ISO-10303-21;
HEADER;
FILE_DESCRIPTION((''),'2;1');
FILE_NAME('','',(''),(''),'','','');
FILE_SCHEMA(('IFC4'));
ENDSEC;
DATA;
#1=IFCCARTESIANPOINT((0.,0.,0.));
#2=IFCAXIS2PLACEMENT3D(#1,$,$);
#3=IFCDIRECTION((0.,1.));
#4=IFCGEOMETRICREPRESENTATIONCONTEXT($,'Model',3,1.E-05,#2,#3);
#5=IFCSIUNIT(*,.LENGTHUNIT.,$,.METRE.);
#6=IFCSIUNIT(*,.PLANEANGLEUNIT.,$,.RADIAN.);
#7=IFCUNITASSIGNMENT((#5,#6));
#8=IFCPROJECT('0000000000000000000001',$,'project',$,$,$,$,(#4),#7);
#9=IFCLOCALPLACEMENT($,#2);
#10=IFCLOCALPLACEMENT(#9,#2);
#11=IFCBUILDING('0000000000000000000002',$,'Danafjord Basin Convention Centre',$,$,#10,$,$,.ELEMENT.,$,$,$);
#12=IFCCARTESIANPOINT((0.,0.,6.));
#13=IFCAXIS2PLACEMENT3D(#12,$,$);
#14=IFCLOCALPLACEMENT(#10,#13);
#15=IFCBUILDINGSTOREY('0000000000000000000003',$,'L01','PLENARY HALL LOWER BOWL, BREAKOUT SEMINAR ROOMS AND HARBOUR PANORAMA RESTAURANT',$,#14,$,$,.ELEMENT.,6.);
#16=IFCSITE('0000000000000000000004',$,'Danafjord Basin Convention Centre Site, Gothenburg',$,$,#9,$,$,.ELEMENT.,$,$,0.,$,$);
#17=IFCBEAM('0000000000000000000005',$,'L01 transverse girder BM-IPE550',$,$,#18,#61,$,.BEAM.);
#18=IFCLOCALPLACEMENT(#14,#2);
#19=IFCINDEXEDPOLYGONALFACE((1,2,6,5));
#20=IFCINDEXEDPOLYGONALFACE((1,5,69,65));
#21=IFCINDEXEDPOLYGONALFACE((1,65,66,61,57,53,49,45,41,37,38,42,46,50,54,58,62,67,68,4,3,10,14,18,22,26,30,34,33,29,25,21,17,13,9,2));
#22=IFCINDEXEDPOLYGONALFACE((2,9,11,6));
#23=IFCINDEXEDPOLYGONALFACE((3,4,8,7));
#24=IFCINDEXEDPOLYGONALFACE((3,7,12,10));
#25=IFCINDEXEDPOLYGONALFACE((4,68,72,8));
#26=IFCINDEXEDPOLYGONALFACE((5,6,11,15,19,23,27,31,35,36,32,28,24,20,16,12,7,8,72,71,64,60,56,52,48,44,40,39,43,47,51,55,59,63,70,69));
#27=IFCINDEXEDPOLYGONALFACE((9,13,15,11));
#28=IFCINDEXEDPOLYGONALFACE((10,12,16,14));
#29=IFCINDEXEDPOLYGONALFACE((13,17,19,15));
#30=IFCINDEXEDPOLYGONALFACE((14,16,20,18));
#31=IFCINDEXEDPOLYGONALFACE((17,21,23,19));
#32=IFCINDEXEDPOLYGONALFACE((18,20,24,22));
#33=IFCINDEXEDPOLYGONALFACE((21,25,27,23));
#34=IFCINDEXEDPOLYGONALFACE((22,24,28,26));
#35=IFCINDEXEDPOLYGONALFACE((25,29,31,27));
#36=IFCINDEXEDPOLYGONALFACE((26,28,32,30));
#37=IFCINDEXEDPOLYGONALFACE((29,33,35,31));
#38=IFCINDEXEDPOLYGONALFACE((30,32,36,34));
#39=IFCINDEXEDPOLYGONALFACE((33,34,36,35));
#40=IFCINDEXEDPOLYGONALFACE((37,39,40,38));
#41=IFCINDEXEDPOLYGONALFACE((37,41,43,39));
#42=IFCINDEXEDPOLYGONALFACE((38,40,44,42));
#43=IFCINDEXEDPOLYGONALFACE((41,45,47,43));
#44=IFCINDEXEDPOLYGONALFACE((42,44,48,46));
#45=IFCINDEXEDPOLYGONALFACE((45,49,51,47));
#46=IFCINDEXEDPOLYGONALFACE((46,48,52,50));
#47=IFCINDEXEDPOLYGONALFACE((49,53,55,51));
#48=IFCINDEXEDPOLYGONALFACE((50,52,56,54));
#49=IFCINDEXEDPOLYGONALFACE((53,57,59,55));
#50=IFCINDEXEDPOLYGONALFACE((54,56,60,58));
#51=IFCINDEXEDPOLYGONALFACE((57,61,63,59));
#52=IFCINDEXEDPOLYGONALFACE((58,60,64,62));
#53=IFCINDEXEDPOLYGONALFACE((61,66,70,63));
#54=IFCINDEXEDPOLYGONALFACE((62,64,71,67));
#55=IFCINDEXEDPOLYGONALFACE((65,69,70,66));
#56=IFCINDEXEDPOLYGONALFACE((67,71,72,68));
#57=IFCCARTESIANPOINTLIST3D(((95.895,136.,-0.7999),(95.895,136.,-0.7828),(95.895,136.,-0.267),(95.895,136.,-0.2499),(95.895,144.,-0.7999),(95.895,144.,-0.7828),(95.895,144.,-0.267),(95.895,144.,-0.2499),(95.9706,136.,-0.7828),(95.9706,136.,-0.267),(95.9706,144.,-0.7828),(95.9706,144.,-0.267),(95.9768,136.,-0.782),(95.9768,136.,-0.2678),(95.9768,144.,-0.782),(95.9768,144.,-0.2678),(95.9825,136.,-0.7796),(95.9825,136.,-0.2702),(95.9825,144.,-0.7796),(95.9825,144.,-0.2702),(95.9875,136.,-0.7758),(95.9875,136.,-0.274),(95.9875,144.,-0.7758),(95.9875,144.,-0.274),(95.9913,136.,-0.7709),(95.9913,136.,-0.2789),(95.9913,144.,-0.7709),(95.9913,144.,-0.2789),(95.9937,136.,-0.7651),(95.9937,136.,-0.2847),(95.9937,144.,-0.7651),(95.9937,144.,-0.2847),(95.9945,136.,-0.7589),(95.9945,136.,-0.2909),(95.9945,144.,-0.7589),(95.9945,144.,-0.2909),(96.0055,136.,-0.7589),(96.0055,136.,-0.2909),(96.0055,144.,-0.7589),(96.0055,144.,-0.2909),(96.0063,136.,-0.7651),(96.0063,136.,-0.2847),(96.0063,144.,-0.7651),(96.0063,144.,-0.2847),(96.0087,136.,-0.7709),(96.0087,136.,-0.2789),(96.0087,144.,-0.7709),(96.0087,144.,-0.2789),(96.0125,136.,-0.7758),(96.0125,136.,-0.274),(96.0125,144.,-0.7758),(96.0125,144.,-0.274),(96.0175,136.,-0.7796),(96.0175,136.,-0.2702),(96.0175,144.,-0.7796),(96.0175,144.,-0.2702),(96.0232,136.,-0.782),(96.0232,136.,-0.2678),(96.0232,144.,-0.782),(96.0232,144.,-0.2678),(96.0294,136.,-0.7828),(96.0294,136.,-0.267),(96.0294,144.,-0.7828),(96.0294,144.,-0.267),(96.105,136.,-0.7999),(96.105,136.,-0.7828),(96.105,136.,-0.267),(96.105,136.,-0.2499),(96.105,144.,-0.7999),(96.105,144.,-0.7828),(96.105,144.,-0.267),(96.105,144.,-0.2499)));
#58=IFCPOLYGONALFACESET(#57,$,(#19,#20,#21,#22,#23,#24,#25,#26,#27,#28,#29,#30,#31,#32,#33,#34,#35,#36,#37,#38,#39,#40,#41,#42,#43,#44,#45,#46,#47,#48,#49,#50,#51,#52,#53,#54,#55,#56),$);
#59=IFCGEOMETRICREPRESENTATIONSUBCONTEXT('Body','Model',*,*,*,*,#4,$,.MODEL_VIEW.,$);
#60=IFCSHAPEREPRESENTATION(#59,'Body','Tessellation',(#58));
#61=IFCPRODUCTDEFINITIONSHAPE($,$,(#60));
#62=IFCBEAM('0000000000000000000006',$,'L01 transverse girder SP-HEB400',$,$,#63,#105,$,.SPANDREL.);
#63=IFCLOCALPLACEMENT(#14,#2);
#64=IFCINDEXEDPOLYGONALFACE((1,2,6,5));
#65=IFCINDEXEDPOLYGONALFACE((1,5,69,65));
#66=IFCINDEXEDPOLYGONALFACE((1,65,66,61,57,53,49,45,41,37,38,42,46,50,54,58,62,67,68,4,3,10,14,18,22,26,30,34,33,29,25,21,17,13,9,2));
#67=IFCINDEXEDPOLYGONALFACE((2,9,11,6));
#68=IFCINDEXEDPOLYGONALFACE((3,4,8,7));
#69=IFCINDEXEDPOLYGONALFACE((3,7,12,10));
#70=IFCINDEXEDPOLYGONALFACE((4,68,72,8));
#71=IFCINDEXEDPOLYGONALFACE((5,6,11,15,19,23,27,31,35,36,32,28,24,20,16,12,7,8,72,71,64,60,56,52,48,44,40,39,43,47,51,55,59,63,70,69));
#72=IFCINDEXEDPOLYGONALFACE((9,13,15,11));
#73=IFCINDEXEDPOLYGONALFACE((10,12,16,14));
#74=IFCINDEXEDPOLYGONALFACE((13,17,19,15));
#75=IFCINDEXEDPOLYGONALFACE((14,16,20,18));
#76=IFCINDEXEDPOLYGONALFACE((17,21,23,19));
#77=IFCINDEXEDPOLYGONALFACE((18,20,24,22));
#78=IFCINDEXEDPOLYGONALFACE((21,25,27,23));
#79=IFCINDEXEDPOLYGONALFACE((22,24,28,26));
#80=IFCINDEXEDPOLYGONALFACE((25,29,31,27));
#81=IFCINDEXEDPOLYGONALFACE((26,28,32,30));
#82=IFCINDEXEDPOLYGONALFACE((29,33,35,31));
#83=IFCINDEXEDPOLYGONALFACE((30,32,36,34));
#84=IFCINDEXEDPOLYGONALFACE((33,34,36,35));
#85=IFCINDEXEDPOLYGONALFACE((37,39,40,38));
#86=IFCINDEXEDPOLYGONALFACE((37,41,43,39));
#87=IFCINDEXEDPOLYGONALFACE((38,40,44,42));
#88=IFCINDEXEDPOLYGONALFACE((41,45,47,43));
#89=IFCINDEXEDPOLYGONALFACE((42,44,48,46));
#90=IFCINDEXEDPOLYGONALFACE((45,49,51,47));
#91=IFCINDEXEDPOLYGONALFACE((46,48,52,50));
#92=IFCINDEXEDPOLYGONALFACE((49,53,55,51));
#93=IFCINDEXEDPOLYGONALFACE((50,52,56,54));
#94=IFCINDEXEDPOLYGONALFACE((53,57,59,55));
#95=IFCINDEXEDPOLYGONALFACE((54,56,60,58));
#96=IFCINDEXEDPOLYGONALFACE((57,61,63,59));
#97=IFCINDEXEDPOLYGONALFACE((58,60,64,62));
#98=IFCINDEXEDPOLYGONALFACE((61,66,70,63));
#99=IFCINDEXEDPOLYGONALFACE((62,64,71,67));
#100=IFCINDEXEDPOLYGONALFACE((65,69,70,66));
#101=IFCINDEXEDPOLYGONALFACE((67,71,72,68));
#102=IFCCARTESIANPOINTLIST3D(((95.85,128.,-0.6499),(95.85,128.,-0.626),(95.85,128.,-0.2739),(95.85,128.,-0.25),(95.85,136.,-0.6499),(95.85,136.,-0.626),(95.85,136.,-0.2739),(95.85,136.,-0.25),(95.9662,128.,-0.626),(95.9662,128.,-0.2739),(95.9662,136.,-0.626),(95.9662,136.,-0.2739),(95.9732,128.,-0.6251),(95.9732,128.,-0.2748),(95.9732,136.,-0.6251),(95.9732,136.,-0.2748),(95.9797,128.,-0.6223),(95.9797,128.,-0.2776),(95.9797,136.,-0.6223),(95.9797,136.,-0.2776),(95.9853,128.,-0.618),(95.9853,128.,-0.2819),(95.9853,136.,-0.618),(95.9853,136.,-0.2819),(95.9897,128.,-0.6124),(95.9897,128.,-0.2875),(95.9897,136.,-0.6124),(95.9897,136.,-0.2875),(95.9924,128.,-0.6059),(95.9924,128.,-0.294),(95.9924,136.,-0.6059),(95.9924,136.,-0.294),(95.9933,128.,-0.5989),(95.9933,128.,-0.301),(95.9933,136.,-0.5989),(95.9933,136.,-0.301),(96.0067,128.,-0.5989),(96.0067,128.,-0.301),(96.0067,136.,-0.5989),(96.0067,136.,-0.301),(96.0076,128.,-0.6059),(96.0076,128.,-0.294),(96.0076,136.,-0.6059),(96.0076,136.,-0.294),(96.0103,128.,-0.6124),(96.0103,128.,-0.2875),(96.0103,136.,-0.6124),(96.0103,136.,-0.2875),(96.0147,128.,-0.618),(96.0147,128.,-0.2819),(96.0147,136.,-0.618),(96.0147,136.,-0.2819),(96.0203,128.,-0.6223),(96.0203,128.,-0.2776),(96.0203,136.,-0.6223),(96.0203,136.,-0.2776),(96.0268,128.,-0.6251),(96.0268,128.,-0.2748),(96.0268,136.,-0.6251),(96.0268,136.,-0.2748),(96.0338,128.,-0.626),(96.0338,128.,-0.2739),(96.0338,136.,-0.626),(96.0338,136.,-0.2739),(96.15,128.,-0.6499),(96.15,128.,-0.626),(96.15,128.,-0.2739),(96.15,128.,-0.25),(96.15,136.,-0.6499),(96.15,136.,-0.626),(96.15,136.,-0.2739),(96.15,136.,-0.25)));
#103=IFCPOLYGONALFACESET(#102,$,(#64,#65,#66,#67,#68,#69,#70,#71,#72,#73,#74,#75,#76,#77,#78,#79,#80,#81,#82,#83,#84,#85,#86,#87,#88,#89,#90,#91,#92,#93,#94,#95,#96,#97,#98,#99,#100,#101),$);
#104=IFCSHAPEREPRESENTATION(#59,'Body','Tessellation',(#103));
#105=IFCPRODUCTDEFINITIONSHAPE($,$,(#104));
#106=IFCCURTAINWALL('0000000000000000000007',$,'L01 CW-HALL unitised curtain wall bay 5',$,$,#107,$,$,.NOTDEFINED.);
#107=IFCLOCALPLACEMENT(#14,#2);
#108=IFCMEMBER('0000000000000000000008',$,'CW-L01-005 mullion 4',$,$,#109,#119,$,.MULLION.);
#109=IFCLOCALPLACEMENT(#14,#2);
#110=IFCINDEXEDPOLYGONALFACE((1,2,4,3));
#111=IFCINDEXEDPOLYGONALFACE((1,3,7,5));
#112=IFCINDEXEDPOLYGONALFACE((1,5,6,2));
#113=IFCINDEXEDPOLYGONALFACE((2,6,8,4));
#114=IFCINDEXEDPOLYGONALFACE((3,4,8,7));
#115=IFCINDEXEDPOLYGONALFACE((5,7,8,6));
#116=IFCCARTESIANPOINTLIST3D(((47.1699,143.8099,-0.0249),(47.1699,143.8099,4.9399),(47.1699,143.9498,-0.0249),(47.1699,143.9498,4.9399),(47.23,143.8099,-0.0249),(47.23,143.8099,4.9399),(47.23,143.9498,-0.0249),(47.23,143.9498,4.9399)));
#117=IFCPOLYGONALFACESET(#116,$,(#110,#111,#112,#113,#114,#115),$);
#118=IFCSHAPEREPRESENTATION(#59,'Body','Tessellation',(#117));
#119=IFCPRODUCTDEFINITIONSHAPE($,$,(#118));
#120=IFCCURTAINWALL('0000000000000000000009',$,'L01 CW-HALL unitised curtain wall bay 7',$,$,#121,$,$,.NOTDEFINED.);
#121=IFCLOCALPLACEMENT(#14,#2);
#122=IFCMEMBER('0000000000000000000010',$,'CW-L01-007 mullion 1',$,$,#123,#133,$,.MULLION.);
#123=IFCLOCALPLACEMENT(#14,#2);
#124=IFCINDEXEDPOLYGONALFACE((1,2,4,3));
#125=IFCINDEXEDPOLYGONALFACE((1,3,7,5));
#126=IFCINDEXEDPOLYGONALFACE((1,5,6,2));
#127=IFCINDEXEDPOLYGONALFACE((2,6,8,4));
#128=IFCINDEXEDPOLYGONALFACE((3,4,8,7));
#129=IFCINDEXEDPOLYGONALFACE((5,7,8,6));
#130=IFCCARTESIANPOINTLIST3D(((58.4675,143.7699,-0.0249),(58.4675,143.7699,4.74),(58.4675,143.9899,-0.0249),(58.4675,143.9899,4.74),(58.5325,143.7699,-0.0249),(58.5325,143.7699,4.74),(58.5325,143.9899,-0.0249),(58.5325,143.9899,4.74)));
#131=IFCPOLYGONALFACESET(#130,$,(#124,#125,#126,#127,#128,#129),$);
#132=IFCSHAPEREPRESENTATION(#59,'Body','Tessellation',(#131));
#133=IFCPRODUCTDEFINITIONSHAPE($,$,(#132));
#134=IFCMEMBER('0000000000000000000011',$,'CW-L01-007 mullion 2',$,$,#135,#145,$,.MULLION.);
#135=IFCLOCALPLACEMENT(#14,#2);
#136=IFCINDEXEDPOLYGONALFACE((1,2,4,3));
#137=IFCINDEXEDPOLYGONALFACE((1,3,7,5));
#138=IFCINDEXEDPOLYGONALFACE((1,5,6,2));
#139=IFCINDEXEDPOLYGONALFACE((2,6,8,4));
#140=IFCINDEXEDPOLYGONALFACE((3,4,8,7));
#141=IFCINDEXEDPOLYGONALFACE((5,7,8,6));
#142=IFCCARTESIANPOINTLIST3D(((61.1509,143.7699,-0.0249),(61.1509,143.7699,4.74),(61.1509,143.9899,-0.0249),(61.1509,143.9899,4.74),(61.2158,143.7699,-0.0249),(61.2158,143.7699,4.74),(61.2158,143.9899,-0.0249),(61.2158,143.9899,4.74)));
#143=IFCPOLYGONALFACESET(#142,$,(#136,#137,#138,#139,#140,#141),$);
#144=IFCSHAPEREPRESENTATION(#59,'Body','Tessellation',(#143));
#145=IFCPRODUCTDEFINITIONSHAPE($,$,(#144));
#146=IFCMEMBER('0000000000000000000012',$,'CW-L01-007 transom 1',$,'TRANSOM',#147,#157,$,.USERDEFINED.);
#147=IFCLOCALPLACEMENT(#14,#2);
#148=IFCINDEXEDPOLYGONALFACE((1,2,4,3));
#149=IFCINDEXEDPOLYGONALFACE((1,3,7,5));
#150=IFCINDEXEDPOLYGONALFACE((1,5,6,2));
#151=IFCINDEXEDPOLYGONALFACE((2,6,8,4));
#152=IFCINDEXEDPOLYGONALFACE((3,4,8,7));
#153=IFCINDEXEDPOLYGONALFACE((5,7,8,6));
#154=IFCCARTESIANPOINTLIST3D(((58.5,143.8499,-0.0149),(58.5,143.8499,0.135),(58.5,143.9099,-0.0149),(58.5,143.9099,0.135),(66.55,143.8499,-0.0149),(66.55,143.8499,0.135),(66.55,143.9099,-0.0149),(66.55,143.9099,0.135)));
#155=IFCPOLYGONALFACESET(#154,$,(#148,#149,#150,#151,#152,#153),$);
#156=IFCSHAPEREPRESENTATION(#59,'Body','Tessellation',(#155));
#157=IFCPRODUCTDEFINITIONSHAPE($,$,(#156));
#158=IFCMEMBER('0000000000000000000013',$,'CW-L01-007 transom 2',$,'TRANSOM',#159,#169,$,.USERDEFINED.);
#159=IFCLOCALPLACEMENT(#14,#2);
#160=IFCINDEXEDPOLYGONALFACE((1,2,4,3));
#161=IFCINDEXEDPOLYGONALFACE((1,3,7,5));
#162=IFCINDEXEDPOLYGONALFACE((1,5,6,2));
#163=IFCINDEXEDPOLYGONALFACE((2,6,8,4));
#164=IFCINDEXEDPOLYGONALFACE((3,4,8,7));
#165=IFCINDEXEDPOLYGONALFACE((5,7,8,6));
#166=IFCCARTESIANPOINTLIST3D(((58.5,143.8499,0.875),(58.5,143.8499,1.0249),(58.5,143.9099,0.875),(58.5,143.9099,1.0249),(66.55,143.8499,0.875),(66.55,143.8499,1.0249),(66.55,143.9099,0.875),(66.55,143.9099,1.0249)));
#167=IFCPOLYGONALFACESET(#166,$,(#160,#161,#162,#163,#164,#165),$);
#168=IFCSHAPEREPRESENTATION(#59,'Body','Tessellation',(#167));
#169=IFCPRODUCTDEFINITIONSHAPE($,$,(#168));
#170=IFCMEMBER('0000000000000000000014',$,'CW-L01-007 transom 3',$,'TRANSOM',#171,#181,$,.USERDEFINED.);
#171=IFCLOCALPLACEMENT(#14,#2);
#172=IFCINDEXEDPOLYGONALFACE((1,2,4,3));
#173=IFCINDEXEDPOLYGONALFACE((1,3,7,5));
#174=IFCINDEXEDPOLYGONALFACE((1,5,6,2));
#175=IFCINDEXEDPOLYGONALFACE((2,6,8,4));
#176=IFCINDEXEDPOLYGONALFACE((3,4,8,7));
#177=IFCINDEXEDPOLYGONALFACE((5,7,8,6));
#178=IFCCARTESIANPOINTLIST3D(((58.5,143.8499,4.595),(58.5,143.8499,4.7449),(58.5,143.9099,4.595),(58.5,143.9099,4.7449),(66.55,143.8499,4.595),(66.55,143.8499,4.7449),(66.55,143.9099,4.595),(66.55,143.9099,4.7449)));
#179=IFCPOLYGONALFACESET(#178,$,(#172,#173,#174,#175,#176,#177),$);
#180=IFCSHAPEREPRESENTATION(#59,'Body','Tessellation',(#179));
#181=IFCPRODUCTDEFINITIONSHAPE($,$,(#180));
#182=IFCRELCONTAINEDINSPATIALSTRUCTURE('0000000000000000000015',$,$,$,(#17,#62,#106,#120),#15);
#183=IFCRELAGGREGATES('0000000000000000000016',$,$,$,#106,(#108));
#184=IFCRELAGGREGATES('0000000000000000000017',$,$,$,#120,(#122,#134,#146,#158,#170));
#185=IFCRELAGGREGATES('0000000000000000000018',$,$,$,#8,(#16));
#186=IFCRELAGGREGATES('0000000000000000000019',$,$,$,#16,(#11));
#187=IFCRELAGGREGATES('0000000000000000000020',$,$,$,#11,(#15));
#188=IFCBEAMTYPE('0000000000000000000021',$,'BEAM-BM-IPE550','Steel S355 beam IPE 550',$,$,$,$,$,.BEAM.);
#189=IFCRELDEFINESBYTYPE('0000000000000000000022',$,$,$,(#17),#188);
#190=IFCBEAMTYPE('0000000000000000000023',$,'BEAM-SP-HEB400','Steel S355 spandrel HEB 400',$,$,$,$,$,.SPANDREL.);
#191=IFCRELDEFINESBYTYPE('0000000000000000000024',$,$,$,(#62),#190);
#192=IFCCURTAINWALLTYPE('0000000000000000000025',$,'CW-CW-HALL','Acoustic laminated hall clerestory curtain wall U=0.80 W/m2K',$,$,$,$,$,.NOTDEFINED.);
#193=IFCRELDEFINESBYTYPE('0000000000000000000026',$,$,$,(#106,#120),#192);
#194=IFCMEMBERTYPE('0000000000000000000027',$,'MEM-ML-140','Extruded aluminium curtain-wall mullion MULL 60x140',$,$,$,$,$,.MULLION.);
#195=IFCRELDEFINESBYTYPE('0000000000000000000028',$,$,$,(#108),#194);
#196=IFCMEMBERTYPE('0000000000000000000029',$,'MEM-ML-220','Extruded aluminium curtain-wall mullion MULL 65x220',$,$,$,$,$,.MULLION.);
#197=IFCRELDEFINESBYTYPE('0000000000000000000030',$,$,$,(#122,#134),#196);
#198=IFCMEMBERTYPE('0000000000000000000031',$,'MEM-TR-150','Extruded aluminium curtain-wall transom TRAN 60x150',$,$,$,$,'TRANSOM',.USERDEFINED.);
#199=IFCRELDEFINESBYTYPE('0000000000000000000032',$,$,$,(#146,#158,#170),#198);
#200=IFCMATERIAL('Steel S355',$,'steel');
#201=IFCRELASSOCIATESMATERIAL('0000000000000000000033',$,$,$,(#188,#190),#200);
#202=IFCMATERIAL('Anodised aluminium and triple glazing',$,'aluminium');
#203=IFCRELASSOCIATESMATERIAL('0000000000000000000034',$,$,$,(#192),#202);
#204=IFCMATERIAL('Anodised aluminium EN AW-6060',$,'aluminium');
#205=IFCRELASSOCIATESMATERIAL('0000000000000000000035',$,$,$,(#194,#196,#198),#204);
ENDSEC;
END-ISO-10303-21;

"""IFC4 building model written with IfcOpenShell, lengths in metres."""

from ifc_helpers import new_model, si_unit, direction, frame, origin, origin_2d, place, context, subcontext, project, spatial, rectangle, i_section, extrude, material, material_profile, profile_set, type_object, element, aggregate, save


model = new_model("IFC4")

# Units and contexts
model_context = context("Model", 3, precision=1e-05, world=origin(), true_north=direction((0.0, 1.0)))
body_context = subcontext(model_context, "Body", "Model", "MODEL_VIEW")
ifc_project = project(units=[si_unit("LENGTHUNIT", "METRE"), si_unit("PLANEANGLEUNIT", "RADIAN")], contexts=[model_context])

# Site, building, storey
site_placement = place(None, origin())
site = spatial("IfcSite", under=ifc_project, at=site_placement, Name="Danafjord Basin Convention Centre Site, Gothenburg", CompositionType="ELEMENT", RefElevation=0.0)
building_placement = place(site_placement, origin())
building = spatial("IfcBuilding", under=site, at=building_placement, Name="Danafjord Basin Convention Centre", CompositionType="ELEMENT")
storey_placement = place(building_placement, frame((0.0, 0.0, 6.0)))
storey = spatial("IfcBuildingStorey", under=building, at=storey_placement, Name="L01", Description="PLENARY HALL LOWER BOWL, BREAKOUT SEMINAR ROOMS AND HARBOUR PANORAMA RESTAURANT", CompositionType="ELEMENT", Elevation=6.0)

# Shared definitions
ifc_material_1 = material(Name="Steel S355", Category="steel")

# Beams
ifc_material_profile_1 = material_profile(ifc_material_1, i_section(OverallWidth=0.21, OverallDepth=0.55, WebThickness=0.011, FlangeThickness=0.0171, FilletRadius=0.0239, at=origin_2d()), Name="IPE 550")
ifc_profile_set_1 = profile_set([ifc_material_profile_1], Name="Steel S355")
beam_type_1 = type_object("IfcBeamType", Name="BEAM-BM-IPE550", Description="Steel S355 beam IPE 550", PredefinedType="BEAM", material=ifc_profile_set_1)
beam_1_placement = place(storey_placement, frame((96.0, 136.0, -0.5249), z_axis=(0.0, 1.0, 0.0), x_axis=(-1.0, 0.0, 0.0)))
element("IfcBeam", 1, at=beam_1_placement, inside=storey, type_object=beam_type_1, Name="L01 transverse girder BM-IPE550", PredefinedType="BEAM", context=body_context, shape_type="SweptSolid", body=[
    extrude(i_section(OverallWidth=0.21, OverallDepth=0.55, WebThickness=0.011, FlangeThickness=0.0171, FilletRadius=0.0239, at=origin_2d()), origin(), (0.0, 0.0, 1.0), 8.0),
])
ifc_material_profile_2 = material_profile(ifc_material_1, i_section(OverallWidth=0.3, OverallDepth=0.3999, WebThickness=0.0134, FlangeThickness=0.0239, FilletRadius=0.0271, at=origin_2d()), Name="HEB 400")
ifc_profile_set_2 = profile_set([ifc_material_profile_2], Name="Steel S355")
beam_type_2 = type_object("IfcBeamType", Name="BEAM-SP-HEB400", Description="Steel S355 spandrel HEB 400", PredefinedType="SPANDREL", material=ifc_profile_set_2)
beam_2_placement = place(storey_placement, frame((96.0, 128.0, -0.45), z_axis=(0.0, 1.0, 0.0), x_axis=(-1.0, 0.0, 0.0)))
element("IfcBeam", 2, at=beam_2_placement, inside=storey, type_object=beam_type_2, Name="L01 transverse girder SP-HEB400", PredefinedType="SPANDREL", context=body_context, shape_type="SweptSolid", body=[
    extrude(i_section(OverallWidth=0.3, OverallDepth=0.3999, WebThickness=0.0134, FlangeThickness=0.0239, FilletRadius=0.0271, at=origin_2d()), origin(), (0.0, 0.0, 1.0), 8.0),
])

# Curtain wall, member
ifc_material_2 = material(Name="Anodised aluminium and triple glazing", Category="aluminium")
curtain_wall_type = type_object("IfcCurtainWallType", Name="CW-CW-HALL", Description="Acoustic laminated hall clerestory curtain wall U=0.80 W/m2K", PredefinedType="NOTDEFINED", material=ifc_material_2)
curtain_wall_1_placement = place(storey_placement, origin())
curtain_wall_1 = element("IfcCurtainWall", 3, at=curtain_wall_1_placement, inside=storey, type_object=curtain_wall_type, Name="L01 CW-HALL unitised curtain wall bay 5", PredefinedType="NOTDEFINED")
ifc_material_3 = material(Name="Anodised aluminium EN AW-6060", Category="aluminium")
ifc_material_profile_3 = material_profile(ifc_material_3, rectangle(XDim=0.0601, YDim=0.1399, at=origin_2d()), Name="MULL 60x140")
ifc_profile_set_3 = profile_set([ifc_material_profile_3], Name="Anodised aluminium EN AW-6060")
member_type_1 = type_object("IfcMemberType", Name="MEM-ML-140", Description="Extruded aluminium curtain-wall mullion MULL 60x140", PredefinedType="MULLION", material=ifc_profile_set_3)
member_1_placement = place(storey_placement, frame((47.2, 143.8799, -0.0249), z_axis=(0.0, 0.0, 1.0), x_axis=(1.0, 0.0, 0.0)))
member_1 = element("IfcMember", 4, at=member_1_placement, type_object=member_type_1, Name="CW-L01-005 mullion 4", PredefinedType="MULLION", context=body_context, shape_type="SweptSolid", body=[
    extrude(rectangle(XDim=0.0601, YDim=0.1399, at=origin_2d()), origin(), (0.0, 0.0, 1.0), 4.9648),
])
aggregate(curtain_wall_1, [member_1])

# Curtain wall, members
curtain_wall_2_placement = place(storey_placement, origin())
curtain_wall_2 = element("IfcCurtainWall", 5, at=curtain_wall_2_placement, inside=storey, type_object=curtain_wall_type, Name="L01 CW-HALL unitised curtain wall bay 7", PredefinedType="NOTDEFINED")
ifc_material_profile_4 = material_profile(ifc_material_3, rectangle(XDim=0.0649, YDim=0.22, at=origin_2d()), Name="MULL 65x220")
ifc_profile_set_4 = profile_set([ifc_material_profile_4], Name="Anodised aluminium EN AW-6060")
member_type_2 = type_object("IfcMemberType", Name="MEM-ML-220", Description="Extruded aluminium curtain-wall mullion MULL 65x220", PredefinedType="MULLION", material=ifc_profile_set_4)
member_2_placement = place(storey_placement, frame((58.5, 143.8799, -0.0249), z_axis=(0.0, 0.0, 1.0), x_axis=(1.0, 0.0, 0.0)))
member_2 = element("IfcMember", 6, at=member_2_placement, type_object=member_type_2, Name="CW-L01-007 mullion 1", PredefinedType="MULLION", context=body_context, shape_type="SweptSolid", body=[
    extrude(rectangle(XDim=0.0649, YDim=0.22, at=origin_2d()), origin(), (0.0, 0.0, 1.0), 4.7649),
])
member_3_placement = place(storey_placement, frame((61.1833, 143.8799, -0.0249), z_axis=(0.0, 0.0, 1.0), x_axis=(1.0, 0.0, 0.0)))
member_3 = element("IfcMember", 7, at=member_3_placement, type_object=member_type_2, Name="CW-L01-007 mullion 2", PredefinedType="MULLION", context=body_context, shape_type="SweptSolid", body=[
    extrude(rectangle(XDim=0.0649, YDim=0.22, at=origin_2d()), origin(), (0.0, 0.0, 1.0), 4.7649),
])
ifc_material_profile_5 = material_profile(ifc_material_3, rectangle(XDim=0.0601, YDim=0.1499, at=origin_2d()), Name="TRAN 60x150")
ifc_profile_set_5 = profile_set([ifc_material_profile_5], Name="Anodised aluminium EN AW-6060")
member_type_3 = type_object("IfcMemberType", Name="MEM-TR-150", Description="Extruded aluminium curtain-wall transom TRAN 60x150", ElementType="TRANSOM", PredefinedType="USERDEFINED", material=ifc_profile_set_5)
member_4_placement = place(storey_placement, frame((58.5, 143.8799, 0.0601), z_axis=(1.0, 0.0, 0.0), x_axis=(0.0, 1.0, 0.0)))
member_4 = element("IfcMember", 8, at=member_4_placement, type_object=member_type_3, Name="CW-L01-007 transom 1", ObjectType="TRANSOM", PredefinedType="USERDEFINED", context=body_context, shape_type="SweptSolid", body=[
    extrude(rectangle(XDim=0.0601, YDim=0.1499, at=origin_2d()), origin(), (0.0, 0.0, 1.0), 8.05),
])
member_5_placement = place(storey_placement, frame((58.5, 143.8799, 0.95), z_axis=(1.0, 0.0, 0.0), x_axis=(0.0, 1.0, 0.0)))
member_5 = element("IfcMember", 9, at=member_5_placement, type_object=member_type_3, Name="CW-L01-007 transom 2", ObjectType="TRANSOM", PredefinedType="USERDEFINED", context=body_context, shape_type="SweptSolid", body=[
    extrude(rectangle(XDim=0.0601, YDim=0.1499, at=origin_2d()), origin(), (0.0, 0.0, 1.0), 8.05),
])
member_6_placement = place(storey_placement, frame((58.5, 143.8799, 4.6699), z_axis=(1.0, 0.0, 0.0), x_axis=(0.0, 1.0, 0.0)))
member_6 = element("IfcMember", 10, at=member_6_placement, type_object=member_type_3, Name="CW-L01-007 transom 3", ObjectType="TRANSOM", PredefinedType="USERDEFINED", context=body_context, shape_type="SweptSolid", body=[
    extrude(rectangle(XDim=0.0601, YDim=0.1499, at=origin_2d()), origin(), (0.0, 0.0, 1.0), 8.05),
])
aggregate(curtain_wall_2, [member_2, member_3, member_4, member_5, member_6])

save(model, "model.ifc")
